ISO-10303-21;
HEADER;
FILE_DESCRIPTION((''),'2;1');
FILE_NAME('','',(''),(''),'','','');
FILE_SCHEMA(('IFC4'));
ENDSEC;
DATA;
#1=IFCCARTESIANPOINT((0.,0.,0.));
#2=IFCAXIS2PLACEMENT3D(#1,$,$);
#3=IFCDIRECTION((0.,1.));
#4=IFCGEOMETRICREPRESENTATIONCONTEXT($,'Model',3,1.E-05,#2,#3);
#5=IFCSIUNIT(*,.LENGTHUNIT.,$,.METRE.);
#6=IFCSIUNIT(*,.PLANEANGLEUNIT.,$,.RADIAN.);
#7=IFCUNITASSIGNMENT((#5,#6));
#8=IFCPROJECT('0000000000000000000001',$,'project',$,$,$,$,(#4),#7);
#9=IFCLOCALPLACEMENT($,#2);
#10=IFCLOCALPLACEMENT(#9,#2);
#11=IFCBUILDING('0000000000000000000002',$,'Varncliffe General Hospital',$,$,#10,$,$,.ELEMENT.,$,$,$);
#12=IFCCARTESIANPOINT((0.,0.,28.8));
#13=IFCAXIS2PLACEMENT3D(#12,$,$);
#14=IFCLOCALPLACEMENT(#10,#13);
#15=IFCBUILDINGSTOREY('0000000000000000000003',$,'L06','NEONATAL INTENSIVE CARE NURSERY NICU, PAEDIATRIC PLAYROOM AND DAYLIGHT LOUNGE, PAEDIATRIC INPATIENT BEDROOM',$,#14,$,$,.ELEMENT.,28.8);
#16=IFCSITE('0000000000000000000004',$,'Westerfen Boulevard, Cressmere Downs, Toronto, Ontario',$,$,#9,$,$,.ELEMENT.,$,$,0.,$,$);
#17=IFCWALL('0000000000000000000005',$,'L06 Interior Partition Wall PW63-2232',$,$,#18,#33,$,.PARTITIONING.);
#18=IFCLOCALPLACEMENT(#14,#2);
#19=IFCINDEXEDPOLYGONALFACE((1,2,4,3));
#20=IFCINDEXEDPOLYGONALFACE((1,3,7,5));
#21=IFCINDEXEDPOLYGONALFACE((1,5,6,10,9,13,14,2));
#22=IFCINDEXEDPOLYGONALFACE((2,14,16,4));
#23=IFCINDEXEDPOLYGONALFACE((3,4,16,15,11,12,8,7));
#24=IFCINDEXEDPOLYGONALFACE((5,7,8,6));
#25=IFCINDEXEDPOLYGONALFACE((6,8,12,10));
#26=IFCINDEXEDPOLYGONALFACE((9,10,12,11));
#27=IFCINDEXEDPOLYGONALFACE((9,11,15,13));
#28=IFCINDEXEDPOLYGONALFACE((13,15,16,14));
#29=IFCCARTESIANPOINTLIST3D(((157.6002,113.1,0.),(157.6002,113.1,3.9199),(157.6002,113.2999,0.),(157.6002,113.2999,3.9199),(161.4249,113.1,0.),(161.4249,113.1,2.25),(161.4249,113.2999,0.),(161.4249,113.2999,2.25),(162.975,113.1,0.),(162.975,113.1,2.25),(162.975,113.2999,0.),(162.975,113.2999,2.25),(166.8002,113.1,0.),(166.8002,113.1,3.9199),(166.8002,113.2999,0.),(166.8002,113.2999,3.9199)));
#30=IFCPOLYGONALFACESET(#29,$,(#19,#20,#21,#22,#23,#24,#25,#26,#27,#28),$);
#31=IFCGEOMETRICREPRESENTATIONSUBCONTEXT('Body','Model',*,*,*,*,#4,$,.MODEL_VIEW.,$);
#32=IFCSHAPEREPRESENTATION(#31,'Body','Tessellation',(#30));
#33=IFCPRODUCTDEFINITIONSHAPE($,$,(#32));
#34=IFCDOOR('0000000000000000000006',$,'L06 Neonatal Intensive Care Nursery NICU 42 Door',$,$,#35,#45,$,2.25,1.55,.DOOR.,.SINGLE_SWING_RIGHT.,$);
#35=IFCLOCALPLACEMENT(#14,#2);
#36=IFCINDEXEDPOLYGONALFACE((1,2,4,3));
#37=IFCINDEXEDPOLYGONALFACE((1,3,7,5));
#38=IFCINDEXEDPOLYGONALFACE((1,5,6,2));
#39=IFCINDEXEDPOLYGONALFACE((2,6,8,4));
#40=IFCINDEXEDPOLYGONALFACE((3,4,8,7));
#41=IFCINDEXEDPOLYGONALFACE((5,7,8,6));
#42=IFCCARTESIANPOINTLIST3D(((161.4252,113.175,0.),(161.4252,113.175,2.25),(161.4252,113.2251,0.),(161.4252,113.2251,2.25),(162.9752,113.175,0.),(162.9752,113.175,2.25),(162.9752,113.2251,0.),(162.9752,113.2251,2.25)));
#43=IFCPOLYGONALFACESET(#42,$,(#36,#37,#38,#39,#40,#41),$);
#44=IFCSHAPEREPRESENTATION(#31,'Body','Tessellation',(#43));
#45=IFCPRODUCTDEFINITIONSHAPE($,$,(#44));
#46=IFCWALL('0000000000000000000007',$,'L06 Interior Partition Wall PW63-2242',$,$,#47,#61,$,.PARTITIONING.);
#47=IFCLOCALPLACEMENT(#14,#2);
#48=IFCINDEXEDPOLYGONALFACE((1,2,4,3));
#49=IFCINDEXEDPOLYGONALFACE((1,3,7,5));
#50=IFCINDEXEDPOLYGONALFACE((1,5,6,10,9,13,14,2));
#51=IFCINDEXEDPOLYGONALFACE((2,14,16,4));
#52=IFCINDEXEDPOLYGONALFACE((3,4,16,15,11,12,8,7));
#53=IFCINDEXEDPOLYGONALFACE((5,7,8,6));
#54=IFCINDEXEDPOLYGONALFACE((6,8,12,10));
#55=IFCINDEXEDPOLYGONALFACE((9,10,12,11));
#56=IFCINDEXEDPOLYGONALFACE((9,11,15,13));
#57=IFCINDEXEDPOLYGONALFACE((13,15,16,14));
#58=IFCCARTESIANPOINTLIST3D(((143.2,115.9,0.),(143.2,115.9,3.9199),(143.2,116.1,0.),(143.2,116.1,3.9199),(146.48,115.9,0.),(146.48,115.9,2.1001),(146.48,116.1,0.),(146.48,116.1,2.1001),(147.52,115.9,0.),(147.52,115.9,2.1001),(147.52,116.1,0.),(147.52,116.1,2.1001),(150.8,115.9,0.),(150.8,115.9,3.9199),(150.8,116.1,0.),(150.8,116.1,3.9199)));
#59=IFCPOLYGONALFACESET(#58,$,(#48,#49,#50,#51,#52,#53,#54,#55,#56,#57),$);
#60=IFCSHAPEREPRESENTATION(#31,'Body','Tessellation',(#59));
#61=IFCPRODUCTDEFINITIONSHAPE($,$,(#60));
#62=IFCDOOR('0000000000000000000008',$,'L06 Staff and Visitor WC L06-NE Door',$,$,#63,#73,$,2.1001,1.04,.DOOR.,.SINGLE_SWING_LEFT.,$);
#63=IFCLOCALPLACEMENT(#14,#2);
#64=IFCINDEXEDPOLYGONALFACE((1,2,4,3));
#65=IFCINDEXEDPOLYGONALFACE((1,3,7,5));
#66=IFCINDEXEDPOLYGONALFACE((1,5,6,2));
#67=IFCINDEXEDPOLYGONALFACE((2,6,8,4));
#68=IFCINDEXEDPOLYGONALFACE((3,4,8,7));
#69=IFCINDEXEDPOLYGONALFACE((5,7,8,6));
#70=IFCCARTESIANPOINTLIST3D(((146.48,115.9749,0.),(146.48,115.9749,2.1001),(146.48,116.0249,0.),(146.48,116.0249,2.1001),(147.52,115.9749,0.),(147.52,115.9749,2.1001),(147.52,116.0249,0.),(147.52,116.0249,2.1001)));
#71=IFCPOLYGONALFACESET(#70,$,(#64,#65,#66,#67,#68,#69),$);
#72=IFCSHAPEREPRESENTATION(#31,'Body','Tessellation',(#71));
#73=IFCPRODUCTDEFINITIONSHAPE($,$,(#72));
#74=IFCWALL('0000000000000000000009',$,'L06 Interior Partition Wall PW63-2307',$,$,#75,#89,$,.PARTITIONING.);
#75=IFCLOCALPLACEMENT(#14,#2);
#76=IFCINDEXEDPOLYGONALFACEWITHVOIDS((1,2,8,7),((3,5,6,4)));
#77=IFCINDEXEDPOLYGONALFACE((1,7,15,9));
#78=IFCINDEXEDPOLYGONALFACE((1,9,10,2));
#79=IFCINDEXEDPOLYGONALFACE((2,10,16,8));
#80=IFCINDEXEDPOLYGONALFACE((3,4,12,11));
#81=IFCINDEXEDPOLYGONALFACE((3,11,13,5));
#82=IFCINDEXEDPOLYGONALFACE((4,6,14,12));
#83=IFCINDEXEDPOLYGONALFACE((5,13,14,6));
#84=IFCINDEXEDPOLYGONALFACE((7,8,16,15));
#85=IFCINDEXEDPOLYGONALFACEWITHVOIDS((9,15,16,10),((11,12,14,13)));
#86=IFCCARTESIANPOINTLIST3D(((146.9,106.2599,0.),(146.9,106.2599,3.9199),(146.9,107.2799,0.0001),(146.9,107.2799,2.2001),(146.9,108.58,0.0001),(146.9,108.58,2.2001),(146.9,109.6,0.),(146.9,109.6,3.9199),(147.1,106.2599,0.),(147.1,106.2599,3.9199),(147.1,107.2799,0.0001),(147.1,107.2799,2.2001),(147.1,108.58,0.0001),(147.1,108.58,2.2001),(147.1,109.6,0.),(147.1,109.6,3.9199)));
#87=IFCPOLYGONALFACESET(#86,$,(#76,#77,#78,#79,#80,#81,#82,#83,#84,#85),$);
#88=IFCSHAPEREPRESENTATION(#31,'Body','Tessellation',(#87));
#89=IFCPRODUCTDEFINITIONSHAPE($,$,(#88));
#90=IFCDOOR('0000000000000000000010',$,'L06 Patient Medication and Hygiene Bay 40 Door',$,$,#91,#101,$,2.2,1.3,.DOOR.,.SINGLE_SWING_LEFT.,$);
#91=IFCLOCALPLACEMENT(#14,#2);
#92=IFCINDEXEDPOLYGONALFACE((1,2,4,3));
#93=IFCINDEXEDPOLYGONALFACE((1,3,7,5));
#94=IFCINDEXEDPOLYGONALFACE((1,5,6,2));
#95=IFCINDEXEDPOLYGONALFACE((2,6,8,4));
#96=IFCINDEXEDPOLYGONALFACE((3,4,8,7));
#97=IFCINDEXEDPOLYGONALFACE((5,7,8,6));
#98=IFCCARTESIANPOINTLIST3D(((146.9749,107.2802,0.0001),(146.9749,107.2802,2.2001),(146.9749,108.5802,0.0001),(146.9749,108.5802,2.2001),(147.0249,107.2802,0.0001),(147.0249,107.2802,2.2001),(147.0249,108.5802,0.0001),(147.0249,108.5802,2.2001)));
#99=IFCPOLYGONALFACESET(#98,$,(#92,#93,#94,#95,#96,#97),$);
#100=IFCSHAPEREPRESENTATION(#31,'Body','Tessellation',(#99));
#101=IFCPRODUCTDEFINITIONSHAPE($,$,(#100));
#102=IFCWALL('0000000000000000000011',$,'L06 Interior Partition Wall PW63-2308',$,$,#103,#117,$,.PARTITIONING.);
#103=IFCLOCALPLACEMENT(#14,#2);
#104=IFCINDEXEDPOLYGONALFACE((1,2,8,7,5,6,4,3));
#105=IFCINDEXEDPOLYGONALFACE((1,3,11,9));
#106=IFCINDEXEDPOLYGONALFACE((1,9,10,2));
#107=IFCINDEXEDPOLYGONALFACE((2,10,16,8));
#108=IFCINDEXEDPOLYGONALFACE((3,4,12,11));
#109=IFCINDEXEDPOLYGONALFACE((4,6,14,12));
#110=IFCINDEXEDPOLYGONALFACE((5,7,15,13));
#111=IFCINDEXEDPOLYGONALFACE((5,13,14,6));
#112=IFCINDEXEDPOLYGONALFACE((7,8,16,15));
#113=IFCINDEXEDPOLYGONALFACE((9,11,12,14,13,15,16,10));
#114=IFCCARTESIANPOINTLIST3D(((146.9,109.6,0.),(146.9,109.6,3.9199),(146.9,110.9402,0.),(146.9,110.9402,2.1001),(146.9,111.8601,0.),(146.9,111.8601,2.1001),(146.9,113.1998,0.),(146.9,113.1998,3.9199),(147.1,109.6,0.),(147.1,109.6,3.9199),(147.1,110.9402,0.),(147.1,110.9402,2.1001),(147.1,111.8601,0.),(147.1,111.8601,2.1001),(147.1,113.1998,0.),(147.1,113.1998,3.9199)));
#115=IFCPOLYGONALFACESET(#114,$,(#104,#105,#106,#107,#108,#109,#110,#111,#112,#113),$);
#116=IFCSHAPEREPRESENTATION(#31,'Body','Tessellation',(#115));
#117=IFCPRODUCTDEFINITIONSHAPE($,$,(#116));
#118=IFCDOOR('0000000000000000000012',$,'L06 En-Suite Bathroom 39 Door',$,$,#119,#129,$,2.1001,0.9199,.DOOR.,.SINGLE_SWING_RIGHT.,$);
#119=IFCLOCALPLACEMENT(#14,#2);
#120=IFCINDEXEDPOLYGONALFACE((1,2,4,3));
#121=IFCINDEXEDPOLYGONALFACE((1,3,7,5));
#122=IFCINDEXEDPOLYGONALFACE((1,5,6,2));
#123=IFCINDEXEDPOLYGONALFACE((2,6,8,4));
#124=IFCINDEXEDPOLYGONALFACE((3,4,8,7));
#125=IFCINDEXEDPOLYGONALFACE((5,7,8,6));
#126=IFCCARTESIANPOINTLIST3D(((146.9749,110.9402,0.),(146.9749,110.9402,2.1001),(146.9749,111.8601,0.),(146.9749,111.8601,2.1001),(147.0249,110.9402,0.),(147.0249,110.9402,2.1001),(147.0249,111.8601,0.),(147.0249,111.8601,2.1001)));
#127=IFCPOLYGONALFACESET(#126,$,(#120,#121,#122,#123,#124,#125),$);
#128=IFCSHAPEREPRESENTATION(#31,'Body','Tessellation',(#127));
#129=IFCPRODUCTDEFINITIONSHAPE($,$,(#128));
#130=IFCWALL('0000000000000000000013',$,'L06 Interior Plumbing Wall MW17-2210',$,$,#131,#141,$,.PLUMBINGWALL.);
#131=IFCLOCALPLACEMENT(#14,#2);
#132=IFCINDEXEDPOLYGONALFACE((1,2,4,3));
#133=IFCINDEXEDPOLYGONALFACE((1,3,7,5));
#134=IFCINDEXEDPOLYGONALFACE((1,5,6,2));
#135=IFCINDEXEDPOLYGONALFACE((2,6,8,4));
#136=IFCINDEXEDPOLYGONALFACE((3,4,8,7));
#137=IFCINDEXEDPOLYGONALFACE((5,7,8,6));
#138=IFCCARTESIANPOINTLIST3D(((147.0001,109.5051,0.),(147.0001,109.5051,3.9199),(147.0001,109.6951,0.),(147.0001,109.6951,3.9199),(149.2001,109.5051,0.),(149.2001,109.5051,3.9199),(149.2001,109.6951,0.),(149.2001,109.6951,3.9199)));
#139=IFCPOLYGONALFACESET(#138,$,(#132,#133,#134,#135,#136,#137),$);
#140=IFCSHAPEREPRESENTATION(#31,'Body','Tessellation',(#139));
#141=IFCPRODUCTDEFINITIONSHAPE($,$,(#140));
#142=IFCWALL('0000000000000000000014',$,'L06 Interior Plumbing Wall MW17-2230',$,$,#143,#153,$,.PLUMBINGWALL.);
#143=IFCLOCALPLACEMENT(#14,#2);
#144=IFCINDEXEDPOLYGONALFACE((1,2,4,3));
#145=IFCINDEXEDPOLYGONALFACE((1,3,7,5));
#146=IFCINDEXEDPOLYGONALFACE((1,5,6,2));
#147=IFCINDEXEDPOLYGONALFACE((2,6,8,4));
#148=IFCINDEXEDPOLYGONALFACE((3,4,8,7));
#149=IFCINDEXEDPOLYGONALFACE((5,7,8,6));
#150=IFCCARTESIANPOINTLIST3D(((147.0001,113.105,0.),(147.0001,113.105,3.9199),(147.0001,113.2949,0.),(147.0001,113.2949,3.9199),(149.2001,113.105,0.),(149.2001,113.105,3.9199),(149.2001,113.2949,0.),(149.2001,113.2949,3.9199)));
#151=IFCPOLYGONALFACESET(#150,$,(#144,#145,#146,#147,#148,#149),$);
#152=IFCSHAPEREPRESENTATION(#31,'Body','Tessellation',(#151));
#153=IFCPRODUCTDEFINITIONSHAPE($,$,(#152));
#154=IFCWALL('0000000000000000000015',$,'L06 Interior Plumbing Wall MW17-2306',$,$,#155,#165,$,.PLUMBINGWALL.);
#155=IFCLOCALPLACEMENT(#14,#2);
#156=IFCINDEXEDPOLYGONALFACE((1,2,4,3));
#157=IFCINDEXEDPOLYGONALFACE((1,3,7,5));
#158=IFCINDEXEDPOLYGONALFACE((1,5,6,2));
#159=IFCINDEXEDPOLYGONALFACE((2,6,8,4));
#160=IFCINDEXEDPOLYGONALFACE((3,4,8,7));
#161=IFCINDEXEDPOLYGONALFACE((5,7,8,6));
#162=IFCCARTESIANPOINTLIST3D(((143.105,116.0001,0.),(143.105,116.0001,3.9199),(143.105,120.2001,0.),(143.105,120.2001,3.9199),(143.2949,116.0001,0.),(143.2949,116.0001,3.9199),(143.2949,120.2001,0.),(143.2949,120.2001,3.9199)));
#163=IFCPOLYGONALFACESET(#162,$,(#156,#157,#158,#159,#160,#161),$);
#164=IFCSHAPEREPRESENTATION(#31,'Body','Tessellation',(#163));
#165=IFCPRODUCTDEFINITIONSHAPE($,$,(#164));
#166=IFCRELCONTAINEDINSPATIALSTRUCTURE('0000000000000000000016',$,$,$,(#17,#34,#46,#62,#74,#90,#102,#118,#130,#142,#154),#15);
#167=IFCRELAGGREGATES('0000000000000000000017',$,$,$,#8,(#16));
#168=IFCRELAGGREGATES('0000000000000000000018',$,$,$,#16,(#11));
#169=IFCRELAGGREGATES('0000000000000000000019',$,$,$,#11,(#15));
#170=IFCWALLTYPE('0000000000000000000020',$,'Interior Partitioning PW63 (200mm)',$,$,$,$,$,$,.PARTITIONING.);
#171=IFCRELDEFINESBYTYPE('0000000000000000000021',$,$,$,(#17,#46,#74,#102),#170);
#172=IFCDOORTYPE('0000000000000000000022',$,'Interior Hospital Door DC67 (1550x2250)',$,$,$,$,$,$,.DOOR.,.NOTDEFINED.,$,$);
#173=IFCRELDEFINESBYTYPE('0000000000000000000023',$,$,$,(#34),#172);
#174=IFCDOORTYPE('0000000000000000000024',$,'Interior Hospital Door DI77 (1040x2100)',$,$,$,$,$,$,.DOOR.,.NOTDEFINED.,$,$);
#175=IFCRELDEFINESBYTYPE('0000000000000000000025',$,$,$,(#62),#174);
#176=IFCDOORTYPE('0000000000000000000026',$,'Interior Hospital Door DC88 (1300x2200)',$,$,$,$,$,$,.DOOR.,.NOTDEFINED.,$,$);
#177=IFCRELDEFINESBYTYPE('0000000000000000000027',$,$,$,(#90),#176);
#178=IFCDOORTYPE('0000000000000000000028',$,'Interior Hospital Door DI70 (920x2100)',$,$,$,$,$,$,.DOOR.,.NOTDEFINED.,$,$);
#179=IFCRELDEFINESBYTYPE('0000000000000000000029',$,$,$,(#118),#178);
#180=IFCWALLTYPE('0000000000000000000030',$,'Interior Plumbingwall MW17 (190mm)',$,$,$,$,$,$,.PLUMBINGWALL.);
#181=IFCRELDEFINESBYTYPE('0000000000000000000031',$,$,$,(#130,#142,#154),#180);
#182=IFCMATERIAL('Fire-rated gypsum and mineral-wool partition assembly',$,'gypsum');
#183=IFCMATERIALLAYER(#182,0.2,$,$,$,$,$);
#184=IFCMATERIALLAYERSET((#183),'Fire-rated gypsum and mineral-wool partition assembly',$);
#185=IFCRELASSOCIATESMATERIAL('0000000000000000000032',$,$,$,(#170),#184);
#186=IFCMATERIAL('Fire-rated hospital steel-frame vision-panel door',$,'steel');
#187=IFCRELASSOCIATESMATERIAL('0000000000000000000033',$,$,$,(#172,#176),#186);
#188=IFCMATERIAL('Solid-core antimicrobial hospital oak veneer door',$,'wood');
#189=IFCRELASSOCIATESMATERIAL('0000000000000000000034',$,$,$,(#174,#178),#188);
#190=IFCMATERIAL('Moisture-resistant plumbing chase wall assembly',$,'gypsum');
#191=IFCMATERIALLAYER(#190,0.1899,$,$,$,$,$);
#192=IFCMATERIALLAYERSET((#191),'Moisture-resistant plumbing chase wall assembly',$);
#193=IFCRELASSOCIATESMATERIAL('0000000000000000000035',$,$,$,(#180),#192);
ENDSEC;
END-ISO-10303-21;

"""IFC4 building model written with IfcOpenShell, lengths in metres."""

from ifc_helpers import new_model, si_unit, direction, frame, frame_2d, origin, place, context, subcontext, project, spatial, rectangle, extrude, material, layer, layer_set, type_object, element, fill, save


model = new_model("IFC4")

# Units and contexts
model_context = context("Model", 3, precision=1e-05, world=origin(), true_north=direction((0.0, 1.0)))
body_context = subcontext(model_context, "Body", "Model", "MODEL_VIEW")
ifc_project = project(units=[si_unit("LENGTHUNIT", "METRE"), si_unit("PLANEANGLEUNIT", "RADIAN")], contexts=[model_context])

# Site, building, storey
site_placement = place(None, origin())
site = spatial("IfcSite", under=ifc_project, at=site_placement, Name="Westerfen Boulevard, Cressmere Downs, Toronto, Ontario", CompositionType="ELEMENT", RefElevation=0.0)
building_placement = place(site_placement, origin())
building = spatial("IfcBuilding", under=site, at=building_placement, Name="Varncliffe General Hospital", CompositionType="ELEMENT")
storey_placement = place(building_placement, frame((0.0, 0.0, 28.8)))
storey = spatial("IfcBuildingStorey", under=building, at=storey_placement, Name="L06", Description="NEONATAL INTENSIVE CARE NURSERY NICU, PAEDIATRIC PLAYROOM AND DAYLIGHT LOUNGE, PAEDIATRIC INPATIENT BEDROOM", CompositionType="ELEMENT", Elevation=28.8)

# Walls, openings, doors
ifc_material_1 = material(Name="Fire-rated gypsum and mineral-wool partition assembly", Category="gypsum")
ifc_layer_1 = layer(ifc_material_1, 0.2)
ifc_layer_set_1 = layer_set([ifc_layer_1], Name="Fire-rated gypsum and mineral-wool partition assembly")
wall_type_1 = type_object("IfcWallType", Name="Interior Partitioning PW63 (200mm)", PredefinedType="PARTITIONING", material=ifc_layer_set_1)
ifc_material_2 = material(Name="Fire-rated hospital steel-frame vision-panel door", Category="steel")
wall_1_placement = place(storey_placement, frame((157.6001, 113.2, 0.0), z_axis=(0.0, 0.0, 1.0), x_axis=(1.0, 0.0, 0.0)))
wall_1 = element("IfcWall", 1, at=wall_1_placement, inside=storey, type_object=wall_type_1, Name="L06 Interior Partition Wall PW63-2232", PredefinedType="PARTITIONING", context=body_context, shape_type="SweptSolid", body=[
    extrude(rectangle(XDim=9.2, YDim=0.2, at=frame_2d((4.6001, 0.0))), origin(), (0.0, 0.0, 1.0), 3.9199),
])
opening_1_placement = place(wall_1_placement, frame((3.825, 0.0, 0.0)))
opening_1 = element("IfcOpeningElement", 2, at=opening_1_placement, cuts=wall_1, PredefinedType="OPENING", context=body_context, shape_type="SweptSolid", body=[
    extrude(rectangle(XDim=1.55, YDim=2.25, at=frame_2d((0.7749, 1.125))), frame((0.0, 0.1099, 0.0), z_axis=(0.0, -1.0, 0.0), x_axis=(1.0, 0.0, 0.0)), (0.0, 0.0, 1.0), 0.22),
])
door_type_1 = type_object("IfcDoorType", Name="Interior Hospital Door DC67 (1550x2250)", OperationType="NOTDEFINED", PredefinedType="DOOR", material=ifc_material_2)
door_1_placement = place(opening_1_placement, frame((1.55, 0.0, 0.0), z_axis=(0.0, 0.0, 1.0), x_axis=(-1.0, 0.0, 0.0)))
door_1 = element("IfcDoor", 3, at=door_1_placement, inside=storey, type_object=door_type_1, Name="L06 Neonatal Intensive Care Nursery NICU 42 Door", OperationType="SINGLE_SWING_RIGHT", OverallHeight=2.25, OverallWidth=1.55, PredefinedType="DOOR", context=body_context, shape_type="SweptSolid", body=[
    extrude(rectangle(XDim=1.55, YDim=2.25, at=frame_2d((0.7749, 1.125))), frame((0.0, 0.0249, 0.0), z_axis=(0.0, -1.0, 0.0), x_axis=(1.0, 0.0, 0.0)), (0.0, 0.0, 1.0), 0.05),
])
fill(opening_1, door_1)
wall_2_placement = place(storey_placement, frame((143.2, 116.0, 0.0), z_axis=(0.0, 0.0, 1.0), x_axis=(1.0, 0.0, 0.0)))
wall_2 = element("IfcWall", 4, at=wall_2_placement, inside=storey, type_object=wall_type_1, Name="L06 Interior Partition Wall PW63-2242", PredefinedType="PARTITIONING", context=body_context, shape_type="SweptSolid", body=[
    extrude(rectangle(XDim=7.6001, YDim=0.2, at=frame_2d((3.8, 0.0))), origin(), (0.0, 0.0, 1.0), 3.9199),
])
opening_2_placement = place(wall_2_placement, frame((3.28, 0.0, 0.0)))
opening_2 = element("IfcOpeningElement", 5, at=opening_2_placement, cuts=wall_2, PredefinedType="OPENING", context=body_context, shape_type="SweptSolid", body=[
    extrude(rectangle(XDim=1.04, YDim=2.1001, at=frame_2d((0.52, 1.05))), frame((0.0, 0.1099, 0.0), z_axis=(0.0, -1.0, 0.0), x_axis=(1.0, 0.0, 0.0)), (0.0, 0.0, 1.0), 0.22),
])
ifc_material_3 = material(Name="Solid-core antimicrobial hospital oak veneer door", Category="wood")
door_type_2 = type_object("IfcDoorType", Name="Interior Hospital Door DI77 (1040x2100)", OperationType="NOTDEFINED", PredefinedType="DOOR", material=ifc_material_3)
door_2_placement = place(opening_2_placement, origin())
door_2 = element("IfcDoor", 6, at=door_2_placement, inside=storey, type_object=door_type_2, Name="L06 Staff and Visitor WC L06-NE Door", OperationType="SINGLE_SWING_LEFT", OverallHeight=2.1001, OverallWidth=1.04, PredefinedType="DOOR", context=body_context, shape_type="SweptSolid", body=[
    extrude(rectangle(XDim=1.04, YDim=2.1001, at=frame_2d((0.52, 1.05))), frame((0.0, 0.0249, 0.0), z_axis=(0.0, -1.0, 0.0), x_axis=(1.0, 0.0, 0.0)), (0.0, 0.0, 1.0), 0.05),
])
fill(opening_2, door_2)
wall_3_placement = place(storey_placement, frame((147.0, 106.26, 0.0), z_axis=(0.0, 0.0, 1.0), x_axis=(0.0, 1.0, 0.0)))
wall_3 = element("IfcWall", 7, at=wall_3_placement, inside=storey, type_object=wall_type_1, Name="L06 Interior Partition Wall PW63-2307", PredefinedType="PARTITIONING", context=body_context, shape_type="SweptSolid", body=[
    extrude(rectangle(XDim=3.3401, YDim=0.2, at=frame_2d((1.6699, 0.0))), origin(), (0.0, 0.0, 1.0), 3.9199),
])
opening_3_placement = place(wall_3_placement, frame((1.02, 0.0, 0.0)))
opening_3 = element("IfcOpeningElement", 8, at=opening_3_placement, cuts=wall_3, PredefinedType="OPENING", context=body_context, shape_type="SweptSolid", body=[
    extrude(rectangle(XDim=1.3, YDim=2.2, at=frame_2d((0.6499, 1.1001))), frame((0.0, 0.1099, 0.0), z_axis=(0.0, -1.0, 0.0), x_axis=(1.0, 0.0, 0.0)), (0.0, 0.0, 1.0), 0.22),
])
door_type_3 = type_object("IfcDoorType", Name="Interior Hospital Door DC88 (1300x2200)", OperationType="NOTDEFINED", PredefinedType="DOOR", material=ifc_material_2)
door_3_placement = place(opening_3_placement, frame((1.3, 0.0, 0.0), z_axis=(0.0, 0.0, 1.0), x_axis=(-1.0, 0.0, 0.0)))
door_3 = element("IfcDoor", 9, at=door_3_placement, inside=storey, type_object=door_type_3, Name="L06 Patient Medication and Hygiene Bay 40 Door", OperationType="SINGLE_SWING_LEFT", OverallHeight=2.2, OverallWidth=1.3, PredefinedType="DOOR", context=body_context, shape_type="SweptSolid", body=[
    extrude(rectangle(XDim=1.3, YDim=2.2, at=frame_2d((0.6499, 1.1001))), frame((0.0, 0.0249, 0.0), z_axis=(0.0, -1.0, 0.0), x_axis=(1.0, 0.0, 0.0)), (0.0, 0.0, 1.0), 0.05),
])
fill(opening_3, door_3)
wall_4_placement = place(storey_placement, frame((147.0, 109.6001, 0.0), z_axis=(0.0, 0.0, 1.0), x_axis=(0.0, 1.0, 0.0)))
wall_4 = element("IfcWall", 10, at=wall_4_placement, inside=storey, type_object=wall_type_1, Name="L06 Interior Partition Wall PW63-2308", PredefinedType="PARTITIONING", context=body_context, shape_type="SweptSolid", body=[
    extrude(rectangle(XDim=3.5999, YDim=0.2, at=frame_2d((1.7998, 0.0))), origin(), (0.0, 0.0, 1.0), 3.9199),
])
opening_4_placement = place(wall_4_placement, frame((1.3401, 0.0, 0.0)))
opening_4 = element("IfcOpeningElement", 11, at=opening_4_placement, cuts=wall_4, PredefinedType="OPENING", context=body_context, shape_type="SweptSolid", body=[
    extrude(rectangle(XDim=0.9199, YDim=2.1001, at=frame_2d((0.46, 1.05))), frame((0.0, 0.1099, 0.0), z_axis=(0.0, -1.0, 0.0), x_axis=(1.0, 0.0, 0.0)), (0.0, 0.0, 1.0), 0.22),
])
door_type_4 = type_object("IfcDoorType", Name="Interior Hospital Door DI70 (920x2100)", OperationType="NOTDEFINED", PredefinedType="DOOR", material=ifc_material_3)
door_4_placement = place(opening_4_placement, frame((0.9199, 0.0, 0.0), z_axis=(0.0, 0.0, 1.0), x_axis=(-1.0, 0.0, 0.0)))
door_4 = element("IfcDoor", 12, at=door_4_placement, inside=storey, type_object=door_type_4, Name="L06 En-Suite Bathroom 39 Door", OperationType="SINGLE_SWING_RIGHT", OverallHeight=2.1001, OverallWidth=0.9199, PredefinedType="DOOR", context=body_context, shape_type="SweptSolid", body=[
    extrude(rectangle(XDim=0.9199, YDim=2.1001, at=frame_2d((0.46, 1.05))), frame((0.0, 0.0249, 0.0), z_axis=(0.0, -1.0, 0.0), x_axis=(1.0, 0.0, 0.0)), (0.0, 0.0, 1.0), 0.05),
])
fill(opening_4, door_4)

# Walls
ifc_material_4 = material(Name="Moisture-resistant plumbing chase wall assembly", Category="gypsum")
ifc_layer_2 = layer(ifc_material_4, 0.1899)
ifc_layer_set_2 = layer_set([ifc_layer_2], Name="Moisture-resistant plumbing chase wall assembly")
wall_type_2 = type_object("IfcWallType", Name="Interior Plumbingwall MW17 (190mm)", PredefinedType="PLUMBINGWALL", material=ifc_layer_set_2)
for number, where, z_axis, x_axis, name in (
    (13, (147.0, 109.6001, 0.0), (0.0, 0.0, 1.0), (1.0, 0.0, 0.0), "L06 Interior Plumbing Wall MW17-2210"),
    (14, (147.0, 113.2, 0.0), (0.0, 0.0, 1.0), (1.0, 0.0, 0.0), "L06 Interior Plumbing Wall MW17-2230"),
):
    element("IfcWall", number, at=place(storey_placement, frame(where, z_axis=z_axis, x_axis=x_axis)), inside=storey, type_object=wall_type_2, Name=name, PredefinedType="PLUMBINGWALL", context=body_context, shape_type="SweptSolid", body=[
        extrude(rectangle(XDim=2.2, YDim=0.1899, at=frame_2d((1.1001, 0.0))), origin(), (0.0, 0.0, 1.0), 3.9199),
    ])
wall_5_placement = place(storey_placement, frame((143.2, 116.0, 0.0), z_axis=(0.0, 0.0, 1.0), x_axis=(0.0, 1.0, 0.0)))
element("IfcWall", 15, at=wall_5_placement, inside=storey, type_object=wall_type_2, Name="L06 Interior Plumbing Wall MW17-2306", PredefinedType="PLUMBINGWALL", context=body_context, shape_type="SweptSolid", body=[
    extrude(rectangle(XDim=4.2, YDim=0.1899, at=frame_2d((2.1001, 0.0))), origin(), (0.0, 0.0, 1.0), 3.9199),
])

save(model, "model.ifc")
